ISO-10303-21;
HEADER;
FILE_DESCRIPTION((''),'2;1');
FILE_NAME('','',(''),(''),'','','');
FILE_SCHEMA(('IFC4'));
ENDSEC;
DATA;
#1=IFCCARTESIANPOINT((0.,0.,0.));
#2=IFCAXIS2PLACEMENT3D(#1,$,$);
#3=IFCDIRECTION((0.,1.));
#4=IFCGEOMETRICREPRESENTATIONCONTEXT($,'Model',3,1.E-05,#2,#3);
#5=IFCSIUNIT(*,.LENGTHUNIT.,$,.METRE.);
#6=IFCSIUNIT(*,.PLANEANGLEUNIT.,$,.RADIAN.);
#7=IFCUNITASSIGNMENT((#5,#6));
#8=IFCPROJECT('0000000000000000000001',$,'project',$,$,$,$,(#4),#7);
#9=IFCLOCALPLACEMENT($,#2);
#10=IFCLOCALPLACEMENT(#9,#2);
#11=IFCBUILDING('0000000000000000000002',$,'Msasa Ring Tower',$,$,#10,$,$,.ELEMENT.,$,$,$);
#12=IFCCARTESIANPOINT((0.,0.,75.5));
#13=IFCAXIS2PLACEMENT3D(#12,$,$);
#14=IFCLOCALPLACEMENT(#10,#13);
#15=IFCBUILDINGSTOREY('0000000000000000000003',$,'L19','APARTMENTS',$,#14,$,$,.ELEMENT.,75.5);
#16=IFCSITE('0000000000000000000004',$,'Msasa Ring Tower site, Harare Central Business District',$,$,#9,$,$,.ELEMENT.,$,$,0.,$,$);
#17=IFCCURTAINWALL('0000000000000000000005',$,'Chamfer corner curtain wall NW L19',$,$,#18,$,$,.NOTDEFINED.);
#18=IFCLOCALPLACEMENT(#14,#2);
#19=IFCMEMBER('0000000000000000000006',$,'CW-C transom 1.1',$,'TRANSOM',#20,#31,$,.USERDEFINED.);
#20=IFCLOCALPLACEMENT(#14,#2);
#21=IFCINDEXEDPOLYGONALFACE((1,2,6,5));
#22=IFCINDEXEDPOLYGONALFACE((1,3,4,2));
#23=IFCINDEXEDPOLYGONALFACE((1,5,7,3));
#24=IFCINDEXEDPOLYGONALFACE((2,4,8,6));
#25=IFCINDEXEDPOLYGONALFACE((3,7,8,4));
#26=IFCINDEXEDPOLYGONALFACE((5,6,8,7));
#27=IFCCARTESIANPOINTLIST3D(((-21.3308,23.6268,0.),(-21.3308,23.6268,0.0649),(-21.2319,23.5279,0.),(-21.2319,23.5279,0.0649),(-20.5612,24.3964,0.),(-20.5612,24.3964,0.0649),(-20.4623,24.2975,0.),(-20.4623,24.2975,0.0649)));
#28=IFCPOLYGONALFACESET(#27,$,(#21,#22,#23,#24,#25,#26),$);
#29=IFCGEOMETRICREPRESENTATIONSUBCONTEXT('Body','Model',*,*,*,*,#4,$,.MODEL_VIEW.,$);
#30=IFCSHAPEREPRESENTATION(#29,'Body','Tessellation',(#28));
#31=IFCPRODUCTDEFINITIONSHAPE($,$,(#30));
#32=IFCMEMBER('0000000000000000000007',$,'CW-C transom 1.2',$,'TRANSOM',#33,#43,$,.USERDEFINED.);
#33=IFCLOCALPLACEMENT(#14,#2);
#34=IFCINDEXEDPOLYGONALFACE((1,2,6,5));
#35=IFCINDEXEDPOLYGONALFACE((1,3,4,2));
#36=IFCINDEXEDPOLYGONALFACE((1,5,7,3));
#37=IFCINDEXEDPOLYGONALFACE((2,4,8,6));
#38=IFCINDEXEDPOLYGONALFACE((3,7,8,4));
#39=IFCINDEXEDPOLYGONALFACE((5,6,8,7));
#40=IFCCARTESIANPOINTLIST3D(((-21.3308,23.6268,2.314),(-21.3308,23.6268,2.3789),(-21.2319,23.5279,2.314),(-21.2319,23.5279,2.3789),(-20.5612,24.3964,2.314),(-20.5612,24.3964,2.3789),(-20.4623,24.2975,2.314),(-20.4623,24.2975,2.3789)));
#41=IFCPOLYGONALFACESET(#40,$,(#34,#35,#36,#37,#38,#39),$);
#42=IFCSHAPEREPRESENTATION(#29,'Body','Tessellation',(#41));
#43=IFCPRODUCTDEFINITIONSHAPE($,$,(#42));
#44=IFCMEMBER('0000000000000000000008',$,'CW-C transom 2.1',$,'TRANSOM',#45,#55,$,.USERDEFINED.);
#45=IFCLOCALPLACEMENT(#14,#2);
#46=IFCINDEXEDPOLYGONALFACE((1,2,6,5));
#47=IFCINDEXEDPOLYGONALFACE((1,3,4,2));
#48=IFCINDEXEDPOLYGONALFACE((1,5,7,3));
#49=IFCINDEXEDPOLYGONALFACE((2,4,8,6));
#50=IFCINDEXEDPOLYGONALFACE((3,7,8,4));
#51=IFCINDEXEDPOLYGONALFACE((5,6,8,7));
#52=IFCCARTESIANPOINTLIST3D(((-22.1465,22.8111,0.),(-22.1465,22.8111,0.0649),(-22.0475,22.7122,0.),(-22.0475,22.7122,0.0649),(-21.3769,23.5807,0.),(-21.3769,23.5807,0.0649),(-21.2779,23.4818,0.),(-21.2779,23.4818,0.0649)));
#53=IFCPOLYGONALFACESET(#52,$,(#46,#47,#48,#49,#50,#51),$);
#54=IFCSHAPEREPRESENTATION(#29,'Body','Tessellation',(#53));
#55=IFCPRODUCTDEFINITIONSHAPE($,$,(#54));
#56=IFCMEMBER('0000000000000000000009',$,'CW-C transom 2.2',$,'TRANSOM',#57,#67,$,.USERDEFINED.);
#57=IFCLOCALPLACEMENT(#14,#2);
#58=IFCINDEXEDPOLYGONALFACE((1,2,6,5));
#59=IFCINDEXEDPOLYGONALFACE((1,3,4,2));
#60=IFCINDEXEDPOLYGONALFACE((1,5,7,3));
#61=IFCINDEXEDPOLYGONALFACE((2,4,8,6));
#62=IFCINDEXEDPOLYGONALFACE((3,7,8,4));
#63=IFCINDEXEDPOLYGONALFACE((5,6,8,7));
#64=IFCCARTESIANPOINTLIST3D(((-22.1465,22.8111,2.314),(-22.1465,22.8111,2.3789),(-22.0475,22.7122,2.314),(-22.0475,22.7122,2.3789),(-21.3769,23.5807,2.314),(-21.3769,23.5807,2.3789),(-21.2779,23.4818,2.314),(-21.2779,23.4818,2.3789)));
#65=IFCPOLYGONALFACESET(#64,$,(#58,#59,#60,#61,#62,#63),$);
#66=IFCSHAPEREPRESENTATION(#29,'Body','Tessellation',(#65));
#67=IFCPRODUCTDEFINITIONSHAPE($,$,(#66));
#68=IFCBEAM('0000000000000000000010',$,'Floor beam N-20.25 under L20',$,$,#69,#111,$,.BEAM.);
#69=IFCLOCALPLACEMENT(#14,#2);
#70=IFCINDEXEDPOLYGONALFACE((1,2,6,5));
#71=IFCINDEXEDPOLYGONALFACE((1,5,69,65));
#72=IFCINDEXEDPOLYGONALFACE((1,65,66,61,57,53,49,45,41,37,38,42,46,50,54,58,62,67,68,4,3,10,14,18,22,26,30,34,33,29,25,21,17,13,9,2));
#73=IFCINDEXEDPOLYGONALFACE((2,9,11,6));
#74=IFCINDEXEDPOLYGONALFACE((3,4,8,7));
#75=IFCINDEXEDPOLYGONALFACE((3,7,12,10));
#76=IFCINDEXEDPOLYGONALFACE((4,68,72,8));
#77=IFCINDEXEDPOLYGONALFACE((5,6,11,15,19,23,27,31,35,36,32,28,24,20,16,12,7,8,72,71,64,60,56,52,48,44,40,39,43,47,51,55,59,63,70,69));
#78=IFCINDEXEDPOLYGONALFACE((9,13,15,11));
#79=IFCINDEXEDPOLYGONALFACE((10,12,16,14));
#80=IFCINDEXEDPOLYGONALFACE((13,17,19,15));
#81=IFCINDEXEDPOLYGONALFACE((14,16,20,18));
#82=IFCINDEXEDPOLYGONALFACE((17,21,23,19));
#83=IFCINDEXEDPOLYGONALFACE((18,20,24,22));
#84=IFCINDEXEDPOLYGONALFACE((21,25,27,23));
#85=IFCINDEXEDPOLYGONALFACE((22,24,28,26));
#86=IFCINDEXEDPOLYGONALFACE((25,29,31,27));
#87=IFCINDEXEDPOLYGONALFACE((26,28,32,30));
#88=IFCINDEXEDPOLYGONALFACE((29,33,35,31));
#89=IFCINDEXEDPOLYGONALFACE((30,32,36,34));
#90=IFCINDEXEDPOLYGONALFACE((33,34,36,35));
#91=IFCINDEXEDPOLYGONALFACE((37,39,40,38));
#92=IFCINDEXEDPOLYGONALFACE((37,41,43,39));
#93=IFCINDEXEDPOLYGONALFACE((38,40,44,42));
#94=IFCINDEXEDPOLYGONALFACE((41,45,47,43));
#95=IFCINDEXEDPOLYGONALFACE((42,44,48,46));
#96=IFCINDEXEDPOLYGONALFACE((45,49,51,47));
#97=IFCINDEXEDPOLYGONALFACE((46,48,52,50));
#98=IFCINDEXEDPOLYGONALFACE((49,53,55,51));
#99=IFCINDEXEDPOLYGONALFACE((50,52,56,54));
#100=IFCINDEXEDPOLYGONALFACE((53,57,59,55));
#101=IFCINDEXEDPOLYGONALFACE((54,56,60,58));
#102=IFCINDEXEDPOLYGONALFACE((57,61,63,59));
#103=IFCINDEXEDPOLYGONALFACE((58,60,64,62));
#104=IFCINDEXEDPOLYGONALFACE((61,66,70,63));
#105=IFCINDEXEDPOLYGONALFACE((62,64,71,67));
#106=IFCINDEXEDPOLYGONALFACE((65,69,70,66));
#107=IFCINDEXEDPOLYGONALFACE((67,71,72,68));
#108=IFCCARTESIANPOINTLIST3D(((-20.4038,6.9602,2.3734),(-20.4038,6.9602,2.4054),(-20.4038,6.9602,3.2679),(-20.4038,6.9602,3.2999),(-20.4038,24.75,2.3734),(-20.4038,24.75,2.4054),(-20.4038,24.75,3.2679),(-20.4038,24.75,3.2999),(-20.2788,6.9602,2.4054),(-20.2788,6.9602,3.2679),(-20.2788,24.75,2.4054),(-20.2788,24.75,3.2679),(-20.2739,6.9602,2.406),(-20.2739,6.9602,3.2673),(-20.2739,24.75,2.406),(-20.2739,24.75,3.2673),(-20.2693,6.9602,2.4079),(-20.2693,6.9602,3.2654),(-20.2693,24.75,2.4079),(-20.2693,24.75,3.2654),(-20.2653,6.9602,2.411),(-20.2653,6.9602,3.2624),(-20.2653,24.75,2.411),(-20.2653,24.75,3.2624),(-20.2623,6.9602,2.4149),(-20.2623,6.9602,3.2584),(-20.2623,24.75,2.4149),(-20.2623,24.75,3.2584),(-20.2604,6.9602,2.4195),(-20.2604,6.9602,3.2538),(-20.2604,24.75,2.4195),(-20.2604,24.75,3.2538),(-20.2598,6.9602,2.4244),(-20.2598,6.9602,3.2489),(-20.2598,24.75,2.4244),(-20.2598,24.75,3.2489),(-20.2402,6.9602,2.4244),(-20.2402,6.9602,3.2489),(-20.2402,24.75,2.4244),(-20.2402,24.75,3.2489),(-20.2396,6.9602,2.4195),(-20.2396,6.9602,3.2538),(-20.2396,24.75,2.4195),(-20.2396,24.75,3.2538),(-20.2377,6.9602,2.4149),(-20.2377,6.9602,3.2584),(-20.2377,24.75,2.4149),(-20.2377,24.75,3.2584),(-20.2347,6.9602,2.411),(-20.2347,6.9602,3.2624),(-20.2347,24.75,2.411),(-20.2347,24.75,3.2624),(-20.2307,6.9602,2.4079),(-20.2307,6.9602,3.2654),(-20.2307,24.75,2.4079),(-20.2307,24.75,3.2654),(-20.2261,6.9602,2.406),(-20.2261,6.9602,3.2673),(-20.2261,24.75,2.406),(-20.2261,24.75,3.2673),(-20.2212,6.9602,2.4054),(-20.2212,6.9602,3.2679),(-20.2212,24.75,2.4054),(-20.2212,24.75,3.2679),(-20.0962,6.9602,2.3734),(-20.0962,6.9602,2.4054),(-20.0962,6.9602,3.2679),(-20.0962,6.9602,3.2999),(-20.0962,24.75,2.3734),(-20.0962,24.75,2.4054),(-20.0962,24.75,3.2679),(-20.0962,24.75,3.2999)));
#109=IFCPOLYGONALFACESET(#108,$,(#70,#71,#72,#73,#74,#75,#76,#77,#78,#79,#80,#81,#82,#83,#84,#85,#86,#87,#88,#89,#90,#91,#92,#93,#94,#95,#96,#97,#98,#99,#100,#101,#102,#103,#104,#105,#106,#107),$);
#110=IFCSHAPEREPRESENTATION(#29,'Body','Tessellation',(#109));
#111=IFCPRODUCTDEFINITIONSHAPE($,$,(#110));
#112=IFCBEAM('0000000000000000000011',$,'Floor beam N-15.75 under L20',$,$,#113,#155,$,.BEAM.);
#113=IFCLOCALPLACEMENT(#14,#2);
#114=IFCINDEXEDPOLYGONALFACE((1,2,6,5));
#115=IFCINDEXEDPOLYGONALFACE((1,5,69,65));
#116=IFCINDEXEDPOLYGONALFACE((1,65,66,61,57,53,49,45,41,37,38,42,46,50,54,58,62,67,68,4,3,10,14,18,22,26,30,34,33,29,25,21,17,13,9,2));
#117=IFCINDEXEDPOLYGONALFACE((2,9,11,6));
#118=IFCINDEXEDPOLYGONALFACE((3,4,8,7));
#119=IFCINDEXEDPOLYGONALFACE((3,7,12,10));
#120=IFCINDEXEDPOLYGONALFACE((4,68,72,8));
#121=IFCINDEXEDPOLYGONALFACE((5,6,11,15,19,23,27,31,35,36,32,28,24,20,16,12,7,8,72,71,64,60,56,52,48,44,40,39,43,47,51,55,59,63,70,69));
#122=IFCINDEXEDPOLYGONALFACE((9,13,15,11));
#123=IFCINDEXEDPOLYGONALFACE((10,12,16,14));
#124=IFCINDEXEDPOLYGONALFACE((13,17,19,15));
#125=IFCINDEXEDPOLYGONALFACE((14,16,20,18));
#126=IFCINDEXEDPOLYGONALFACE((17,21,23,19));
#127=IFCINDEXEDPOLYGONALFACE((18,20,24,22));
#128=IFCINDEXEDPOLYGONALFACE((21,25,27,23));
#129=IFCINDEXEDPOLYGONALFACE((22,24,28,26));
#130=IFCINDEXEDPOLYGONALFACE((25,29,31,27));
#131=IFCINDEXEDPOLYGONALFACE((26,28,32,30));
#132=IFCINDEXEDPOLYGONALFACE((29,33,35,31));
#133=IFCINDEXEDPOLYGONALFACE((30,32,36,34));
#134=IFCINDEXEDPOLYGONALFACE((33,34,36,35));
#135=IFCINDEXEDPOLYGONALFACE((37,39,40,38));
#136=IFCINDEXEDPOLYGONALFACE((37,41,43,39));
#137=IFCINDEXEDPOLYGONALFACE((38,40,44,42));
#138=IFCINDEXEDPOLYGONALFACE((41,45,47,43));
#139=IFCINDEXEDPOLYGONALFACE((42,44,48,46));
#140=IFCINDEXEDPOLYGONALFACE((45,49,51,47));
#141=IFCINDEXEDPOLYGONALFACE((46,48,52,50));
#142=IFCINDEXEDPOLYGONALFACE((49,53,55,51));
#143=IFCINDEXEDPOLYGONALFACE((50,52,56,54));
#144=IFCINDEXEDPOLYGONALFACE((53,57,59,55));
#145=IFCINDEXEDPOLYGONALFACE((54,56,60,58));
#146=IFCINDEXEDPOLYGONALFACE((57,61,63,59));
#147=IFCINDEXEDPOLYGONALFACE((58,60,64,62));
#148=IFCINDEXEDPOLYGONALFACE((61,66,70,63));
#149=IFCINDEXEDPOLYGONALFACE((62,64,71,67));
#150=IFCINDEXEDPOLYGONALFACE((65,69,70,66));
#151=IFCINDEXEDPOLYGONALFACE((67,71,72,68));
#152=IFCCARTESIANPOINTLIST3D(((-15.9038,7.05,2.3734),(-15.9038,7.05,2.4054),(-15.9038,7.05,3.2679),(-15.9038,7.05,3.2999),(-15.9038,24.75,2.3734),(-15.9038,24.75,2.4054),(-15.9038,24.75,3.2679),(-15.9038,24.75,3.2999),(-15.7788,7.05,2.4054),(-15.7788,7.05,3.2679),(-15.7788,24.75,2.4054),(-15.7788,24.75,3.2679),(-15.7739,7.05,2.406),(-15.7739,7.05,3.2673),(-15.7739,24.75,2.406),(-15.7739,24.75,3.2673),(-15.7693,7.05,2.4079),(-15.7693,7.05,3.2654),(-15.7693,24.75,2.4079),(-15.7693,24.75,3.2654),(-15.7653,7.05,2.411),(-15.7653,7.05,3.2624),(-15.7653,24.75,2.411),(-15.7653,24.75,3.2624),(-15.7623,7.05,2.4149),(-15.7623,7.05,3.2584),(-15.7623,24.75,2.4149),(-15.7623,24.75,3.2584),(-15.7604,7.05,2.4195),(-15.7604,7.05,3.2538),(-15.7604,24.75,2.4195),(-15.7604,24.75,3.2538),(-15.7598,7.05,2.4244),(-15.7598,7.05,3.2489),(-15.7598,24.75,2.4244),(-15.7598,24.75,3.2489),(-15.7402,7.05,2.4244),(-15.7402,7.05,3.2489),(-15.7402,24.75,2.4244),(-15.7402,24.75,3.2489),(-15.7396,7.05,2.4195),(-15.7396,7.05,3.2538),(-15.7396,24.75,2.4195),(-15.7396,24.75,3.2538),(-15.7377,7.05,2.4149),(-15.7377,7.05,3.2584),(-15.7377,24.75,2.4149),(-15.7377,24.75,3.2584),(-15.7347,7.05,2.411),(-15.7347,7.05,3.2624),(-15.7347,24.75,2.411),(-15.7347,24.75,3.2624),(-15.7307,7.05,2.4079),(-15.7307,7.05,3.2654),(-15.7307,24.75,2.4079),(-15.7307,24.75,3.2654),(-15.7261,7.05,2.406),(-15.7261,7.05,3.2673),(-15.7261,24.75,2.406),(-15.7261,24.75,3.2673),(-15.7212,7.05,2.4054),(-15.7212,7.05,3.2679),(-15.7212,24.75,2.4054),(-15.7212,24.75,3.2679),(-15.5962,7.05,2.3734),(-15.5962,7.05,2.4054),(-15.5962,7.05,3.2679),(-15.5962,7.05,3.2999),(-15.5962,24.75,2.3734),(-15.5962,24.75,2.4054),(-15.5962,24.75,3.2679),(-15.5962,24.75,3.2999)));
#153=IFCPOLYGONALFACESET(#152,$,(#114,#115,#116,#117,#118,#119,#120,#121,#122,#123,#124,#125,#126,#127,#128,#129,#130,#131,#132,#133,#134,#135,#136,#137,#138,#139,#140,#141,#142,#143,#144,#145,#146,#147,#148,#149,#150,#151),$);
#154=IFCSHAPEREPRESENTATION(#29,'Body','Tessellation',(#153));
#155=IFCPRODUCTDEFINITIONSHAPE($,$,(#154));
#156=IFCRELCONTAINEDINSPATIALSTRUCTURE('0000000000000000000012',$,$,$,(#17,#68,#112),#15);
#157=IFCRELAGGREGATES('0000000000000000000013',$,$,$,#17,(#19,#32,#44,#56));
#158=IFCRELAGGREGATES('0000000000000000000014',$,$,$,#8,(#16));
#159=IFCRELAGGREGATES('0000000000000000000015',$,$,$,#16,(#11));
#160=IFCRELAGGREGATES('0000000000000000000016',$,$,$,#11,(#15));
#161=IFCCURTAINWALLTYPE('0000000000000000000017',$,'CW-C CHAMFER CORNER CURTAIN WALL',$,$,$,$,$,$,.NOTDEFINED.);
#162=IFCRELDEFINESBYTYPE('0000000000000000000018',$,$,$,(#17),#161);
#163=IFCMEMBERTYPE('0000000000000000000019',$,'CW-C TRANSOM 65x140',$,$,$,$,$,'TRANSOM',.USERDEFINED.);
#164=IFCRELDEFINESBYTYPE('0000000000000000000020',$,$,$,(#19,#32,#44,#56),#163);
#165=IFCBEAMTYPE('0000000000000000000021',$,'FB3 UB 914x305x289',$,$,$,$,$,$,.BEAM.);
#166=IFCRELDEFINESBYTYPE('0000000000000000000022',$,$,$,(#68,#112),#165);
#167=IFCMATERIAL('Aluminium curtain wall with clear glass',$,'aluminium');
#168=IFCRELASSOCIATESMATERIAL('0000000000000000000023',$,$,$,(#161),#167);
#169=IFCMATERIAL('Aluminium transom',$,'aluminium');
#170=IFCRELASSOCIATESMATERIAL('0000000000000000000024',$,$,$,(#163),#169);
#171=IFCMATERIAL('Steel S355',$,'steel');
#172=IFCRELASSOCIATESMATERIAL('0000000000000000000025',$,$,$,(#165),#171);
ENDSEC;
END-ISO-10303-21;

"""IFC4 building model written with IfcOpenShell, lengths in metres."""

from ifc_helpers import new_model, si_unit, direction, frame, origin, origin_2d, place, context, subcontext, project, spatial, rectangle, i_section, extrude, material, material_profile, profile_set, type_object, element, aggregate, save


model = new_model("IFC4")

# Units and contexts
model_context = context("Model", 3, precision=1e-05, world=origin(), true_north=direction((0.0, 1.0)))
body_context = subcontext(model_context, "Body", "Model", "MODEL_VIEW")
ifc_project = project(units=[si_unit("LENGTHUNIT", "METRE"), si_unit("PLANEANGLEUNIT", "RADIAN")], contexts=[model_context])

# Site, building, storey
site_placement = place(None, origin())
site = spatial("IfcSite", under=ifc_project, at=site_placement, Name="Msasa Ring Tower site, Harare Central Business District", CompositionType="ELEMENT", RefElevation=0.0)
building_placement = place(site_placement, origin())
building = spatial("IfcBuilding", under=site, at=building_placement, Name="Msasa Ring Tower", CompositionType="ELEMENT")
storey_placement = place(building_placement, frame((0.0, 0.0, 75.5)))
storey = spatial("IfcBuildingStorey", under=building, at=storey_placement, Name="L19", Description="APARTMENTS", CompositionType="ELEMENT", Elevation=75.5)

# Curtain wall
ifc_material_1 = material(Name="Aluminium curtain wall with clear glass", Category="aluminium")
curtain_wall_type = type_object("IfcCurtainWallType", Name="CW-C CHAMFER CORNER CURTAIN WALL", PredefinedType="NOTDEFINED", material=ifc_material_1)
curtain_wall_1_placement = place(storey_placement, origin())
curtain_wall_1 = element("IfcCurtainWall", 1, at=curtain_wall_1_placement, inside=storey, type_object=curtain_wall_type, Name="Chamfer corner curtain wall NW L19", PredefinedType="NOTDEFINED")

# Members
ifc_material_2 = material(Name="Aluminium transom", Category="aluminium")
ifc_material_profile_1 = material_profile(ifc_material_2, rectangle(XDim=0.1399, YDim=0.0649, at=origin_2d()), Name="AL 65x140")
ifc_profile_set_1 = profile_set([ifc_material_profile_1], Name="Aluminium transom")
member_type_1 = type_object("IfcMemberType", Name="CW-C TRANSOM 65x140", ElementType="TRANSOM", PredefinedType="USERDEFINED", material=ifc_profile_set_1)
member_1_placement = place(storey_placement, frame((-20.5117, 24.3469, 0.0325), z_axis=(-0.707107, -0.707107, 0.0), x_axis=(0.707107, -0.707107, 0.0)))
member_1 = element("IfcMember", 2, at=member_1_placement, type_object=member_type_1, Name="CW-C transom 1.1", ObjectType="TRANSOM", PredefinedType="USERDEFINED", context=body_context, shape_type="SweptSolid", body=[
    extrude(rectangle(XDim=0.1399, YDim=0.0649, at=origin_2d()), origin(), (0.0, 0.0, 1.0), 1.0884),
])
member_2_placement = place(storey_placement, frame((-20.5117, 24.3469, 2.3464), z_axis=(-0.707107, -0.707107, 0.0), x_axis=(0.707107, -0.707107, 0.0)))
member_2 = element("IfcMember", 3, at=member_2_placement, type_object=member_type_1, Name="CW-C transom 1.2", ObjectType="TRANSOM", PredefinedType="USERDEFINED", context=body_context, shape_type="SweptSolid", body=[
    extrude(rectangle(XDim=0.1399, YDim=0.0649, at=origin_2d()), origin(), (0.0, 0.0, 1.0), 1.0884),
])
member_3_placement = place(storey_placement, frame((-21.3274, 23.5312, 0.0325), z_axis=(-0.707107, -0.707107, 0.0), x_axis=(0.707107, -0.707107, 0.0)))
member_3 = element("IfcMember", 4, at=member_3_placement, type_object=member_type_1, Name="CW-C transom 2.1", ObjectType="TRANSOM", PredefinedType="USERDEFINED", context=body_context, shape_type="SweptSolid", body=[
    extrude(rectangle(XDim=0.1399, YDim=0.0649, at=origin_2d()), origin(), (0.0, 0.0, 1.0), 1.0884),
])
member_4_placement = place(storey_placement, frame((-21.3274, 23.5312, 2.3464), z_axis=(-0.707107, -0.707107, 0.0), x_axis=(0.707107, -0.707107, 0.0)))
member_4 = element("IfcMember", 5, at=member_4_placement, type_object=member_type_1, Name="CW-C transom 2.2", ObjectType="TRANSOM", PredefinedType="USERDEFINED", context=body_context, shape_type="SweptSolid", body=[
    extrude(rectangle(XDim=0.1399, YDim=0.0649, at=origin_2d()), origin(), (0.0, 0.0, 1.0), 1.0884),
])

# Beams
ifc_material_3 = material(Name="Steel S355", Category="steel")
ifc_material_profile_2 = material_profile(ifc_material_3, i_section(OverallWidth=0.3076, OverallDepth=0.9265, WebThickness=0.0195, FlangeThickness=0.032, FilletRadius=0.019, at=origin_2d()), Name="UB 914x305x289")
ifc_profile_set_2 = profile_set([ifc_material_profile_2], Name="Steel S355")
beam_type_1 = type_object("IfcBeamType", Name="FB3 UB 914x305x289", PredefinedType="BEAM", material=ifc_profile_set_2)
beam_1_placement = place(storey_placement, frame((-20.25, 24.75, 2.8367), z_axis=(0.0, -1.0, 0.0), x_axis=(1.0, 0.0, 0.0)))
element("IfcBeam", 6, at=beam_1_placement, inside=storey, type_object=beam_type_1, Name="Floor beam N-20.25 under L20", PredefinedType="BEAM", context=body_context, shape_type="SweptSolid", body=[
    extrude(i_section(OverallWidth=0.3076, OverallDepth=0.9265, WebThickness=0.0195, FlangeThickness=0.032, FilletRadius=0.019, at=origin_2d()), origin(), (0.0, 0.0, 1.0), 17.7898),
])
beam_2_placement = place(storey_placement, frame((-15.75, 24.75, 2.8367), z_axis=(0.0, -1.0, 0.0), x_axis=(1.0, 0.0, 0.0)))
element("IfcBeam", 7, at=beam_2_placement, inside=storey, type_object=beam_type_1, Name="Floor beam N-15.75 under L20", PredefinedType="BEAM", context=body_context, shape_type="SweptSolid", body=[
    extrude(i_section(OverallWidth=0.3076, OverallDepth=0.9265, WebThickness=0.0195, FlangeThickness=0.032, FilletRadius=0.019, at=origin_2d()), origin(), (0.0, 0.0, 1.0), 17.7),
])

aggregate(curtain_wall_1, [member_1, member_2, member_3, member_4])

save(model, "model.ifc")
